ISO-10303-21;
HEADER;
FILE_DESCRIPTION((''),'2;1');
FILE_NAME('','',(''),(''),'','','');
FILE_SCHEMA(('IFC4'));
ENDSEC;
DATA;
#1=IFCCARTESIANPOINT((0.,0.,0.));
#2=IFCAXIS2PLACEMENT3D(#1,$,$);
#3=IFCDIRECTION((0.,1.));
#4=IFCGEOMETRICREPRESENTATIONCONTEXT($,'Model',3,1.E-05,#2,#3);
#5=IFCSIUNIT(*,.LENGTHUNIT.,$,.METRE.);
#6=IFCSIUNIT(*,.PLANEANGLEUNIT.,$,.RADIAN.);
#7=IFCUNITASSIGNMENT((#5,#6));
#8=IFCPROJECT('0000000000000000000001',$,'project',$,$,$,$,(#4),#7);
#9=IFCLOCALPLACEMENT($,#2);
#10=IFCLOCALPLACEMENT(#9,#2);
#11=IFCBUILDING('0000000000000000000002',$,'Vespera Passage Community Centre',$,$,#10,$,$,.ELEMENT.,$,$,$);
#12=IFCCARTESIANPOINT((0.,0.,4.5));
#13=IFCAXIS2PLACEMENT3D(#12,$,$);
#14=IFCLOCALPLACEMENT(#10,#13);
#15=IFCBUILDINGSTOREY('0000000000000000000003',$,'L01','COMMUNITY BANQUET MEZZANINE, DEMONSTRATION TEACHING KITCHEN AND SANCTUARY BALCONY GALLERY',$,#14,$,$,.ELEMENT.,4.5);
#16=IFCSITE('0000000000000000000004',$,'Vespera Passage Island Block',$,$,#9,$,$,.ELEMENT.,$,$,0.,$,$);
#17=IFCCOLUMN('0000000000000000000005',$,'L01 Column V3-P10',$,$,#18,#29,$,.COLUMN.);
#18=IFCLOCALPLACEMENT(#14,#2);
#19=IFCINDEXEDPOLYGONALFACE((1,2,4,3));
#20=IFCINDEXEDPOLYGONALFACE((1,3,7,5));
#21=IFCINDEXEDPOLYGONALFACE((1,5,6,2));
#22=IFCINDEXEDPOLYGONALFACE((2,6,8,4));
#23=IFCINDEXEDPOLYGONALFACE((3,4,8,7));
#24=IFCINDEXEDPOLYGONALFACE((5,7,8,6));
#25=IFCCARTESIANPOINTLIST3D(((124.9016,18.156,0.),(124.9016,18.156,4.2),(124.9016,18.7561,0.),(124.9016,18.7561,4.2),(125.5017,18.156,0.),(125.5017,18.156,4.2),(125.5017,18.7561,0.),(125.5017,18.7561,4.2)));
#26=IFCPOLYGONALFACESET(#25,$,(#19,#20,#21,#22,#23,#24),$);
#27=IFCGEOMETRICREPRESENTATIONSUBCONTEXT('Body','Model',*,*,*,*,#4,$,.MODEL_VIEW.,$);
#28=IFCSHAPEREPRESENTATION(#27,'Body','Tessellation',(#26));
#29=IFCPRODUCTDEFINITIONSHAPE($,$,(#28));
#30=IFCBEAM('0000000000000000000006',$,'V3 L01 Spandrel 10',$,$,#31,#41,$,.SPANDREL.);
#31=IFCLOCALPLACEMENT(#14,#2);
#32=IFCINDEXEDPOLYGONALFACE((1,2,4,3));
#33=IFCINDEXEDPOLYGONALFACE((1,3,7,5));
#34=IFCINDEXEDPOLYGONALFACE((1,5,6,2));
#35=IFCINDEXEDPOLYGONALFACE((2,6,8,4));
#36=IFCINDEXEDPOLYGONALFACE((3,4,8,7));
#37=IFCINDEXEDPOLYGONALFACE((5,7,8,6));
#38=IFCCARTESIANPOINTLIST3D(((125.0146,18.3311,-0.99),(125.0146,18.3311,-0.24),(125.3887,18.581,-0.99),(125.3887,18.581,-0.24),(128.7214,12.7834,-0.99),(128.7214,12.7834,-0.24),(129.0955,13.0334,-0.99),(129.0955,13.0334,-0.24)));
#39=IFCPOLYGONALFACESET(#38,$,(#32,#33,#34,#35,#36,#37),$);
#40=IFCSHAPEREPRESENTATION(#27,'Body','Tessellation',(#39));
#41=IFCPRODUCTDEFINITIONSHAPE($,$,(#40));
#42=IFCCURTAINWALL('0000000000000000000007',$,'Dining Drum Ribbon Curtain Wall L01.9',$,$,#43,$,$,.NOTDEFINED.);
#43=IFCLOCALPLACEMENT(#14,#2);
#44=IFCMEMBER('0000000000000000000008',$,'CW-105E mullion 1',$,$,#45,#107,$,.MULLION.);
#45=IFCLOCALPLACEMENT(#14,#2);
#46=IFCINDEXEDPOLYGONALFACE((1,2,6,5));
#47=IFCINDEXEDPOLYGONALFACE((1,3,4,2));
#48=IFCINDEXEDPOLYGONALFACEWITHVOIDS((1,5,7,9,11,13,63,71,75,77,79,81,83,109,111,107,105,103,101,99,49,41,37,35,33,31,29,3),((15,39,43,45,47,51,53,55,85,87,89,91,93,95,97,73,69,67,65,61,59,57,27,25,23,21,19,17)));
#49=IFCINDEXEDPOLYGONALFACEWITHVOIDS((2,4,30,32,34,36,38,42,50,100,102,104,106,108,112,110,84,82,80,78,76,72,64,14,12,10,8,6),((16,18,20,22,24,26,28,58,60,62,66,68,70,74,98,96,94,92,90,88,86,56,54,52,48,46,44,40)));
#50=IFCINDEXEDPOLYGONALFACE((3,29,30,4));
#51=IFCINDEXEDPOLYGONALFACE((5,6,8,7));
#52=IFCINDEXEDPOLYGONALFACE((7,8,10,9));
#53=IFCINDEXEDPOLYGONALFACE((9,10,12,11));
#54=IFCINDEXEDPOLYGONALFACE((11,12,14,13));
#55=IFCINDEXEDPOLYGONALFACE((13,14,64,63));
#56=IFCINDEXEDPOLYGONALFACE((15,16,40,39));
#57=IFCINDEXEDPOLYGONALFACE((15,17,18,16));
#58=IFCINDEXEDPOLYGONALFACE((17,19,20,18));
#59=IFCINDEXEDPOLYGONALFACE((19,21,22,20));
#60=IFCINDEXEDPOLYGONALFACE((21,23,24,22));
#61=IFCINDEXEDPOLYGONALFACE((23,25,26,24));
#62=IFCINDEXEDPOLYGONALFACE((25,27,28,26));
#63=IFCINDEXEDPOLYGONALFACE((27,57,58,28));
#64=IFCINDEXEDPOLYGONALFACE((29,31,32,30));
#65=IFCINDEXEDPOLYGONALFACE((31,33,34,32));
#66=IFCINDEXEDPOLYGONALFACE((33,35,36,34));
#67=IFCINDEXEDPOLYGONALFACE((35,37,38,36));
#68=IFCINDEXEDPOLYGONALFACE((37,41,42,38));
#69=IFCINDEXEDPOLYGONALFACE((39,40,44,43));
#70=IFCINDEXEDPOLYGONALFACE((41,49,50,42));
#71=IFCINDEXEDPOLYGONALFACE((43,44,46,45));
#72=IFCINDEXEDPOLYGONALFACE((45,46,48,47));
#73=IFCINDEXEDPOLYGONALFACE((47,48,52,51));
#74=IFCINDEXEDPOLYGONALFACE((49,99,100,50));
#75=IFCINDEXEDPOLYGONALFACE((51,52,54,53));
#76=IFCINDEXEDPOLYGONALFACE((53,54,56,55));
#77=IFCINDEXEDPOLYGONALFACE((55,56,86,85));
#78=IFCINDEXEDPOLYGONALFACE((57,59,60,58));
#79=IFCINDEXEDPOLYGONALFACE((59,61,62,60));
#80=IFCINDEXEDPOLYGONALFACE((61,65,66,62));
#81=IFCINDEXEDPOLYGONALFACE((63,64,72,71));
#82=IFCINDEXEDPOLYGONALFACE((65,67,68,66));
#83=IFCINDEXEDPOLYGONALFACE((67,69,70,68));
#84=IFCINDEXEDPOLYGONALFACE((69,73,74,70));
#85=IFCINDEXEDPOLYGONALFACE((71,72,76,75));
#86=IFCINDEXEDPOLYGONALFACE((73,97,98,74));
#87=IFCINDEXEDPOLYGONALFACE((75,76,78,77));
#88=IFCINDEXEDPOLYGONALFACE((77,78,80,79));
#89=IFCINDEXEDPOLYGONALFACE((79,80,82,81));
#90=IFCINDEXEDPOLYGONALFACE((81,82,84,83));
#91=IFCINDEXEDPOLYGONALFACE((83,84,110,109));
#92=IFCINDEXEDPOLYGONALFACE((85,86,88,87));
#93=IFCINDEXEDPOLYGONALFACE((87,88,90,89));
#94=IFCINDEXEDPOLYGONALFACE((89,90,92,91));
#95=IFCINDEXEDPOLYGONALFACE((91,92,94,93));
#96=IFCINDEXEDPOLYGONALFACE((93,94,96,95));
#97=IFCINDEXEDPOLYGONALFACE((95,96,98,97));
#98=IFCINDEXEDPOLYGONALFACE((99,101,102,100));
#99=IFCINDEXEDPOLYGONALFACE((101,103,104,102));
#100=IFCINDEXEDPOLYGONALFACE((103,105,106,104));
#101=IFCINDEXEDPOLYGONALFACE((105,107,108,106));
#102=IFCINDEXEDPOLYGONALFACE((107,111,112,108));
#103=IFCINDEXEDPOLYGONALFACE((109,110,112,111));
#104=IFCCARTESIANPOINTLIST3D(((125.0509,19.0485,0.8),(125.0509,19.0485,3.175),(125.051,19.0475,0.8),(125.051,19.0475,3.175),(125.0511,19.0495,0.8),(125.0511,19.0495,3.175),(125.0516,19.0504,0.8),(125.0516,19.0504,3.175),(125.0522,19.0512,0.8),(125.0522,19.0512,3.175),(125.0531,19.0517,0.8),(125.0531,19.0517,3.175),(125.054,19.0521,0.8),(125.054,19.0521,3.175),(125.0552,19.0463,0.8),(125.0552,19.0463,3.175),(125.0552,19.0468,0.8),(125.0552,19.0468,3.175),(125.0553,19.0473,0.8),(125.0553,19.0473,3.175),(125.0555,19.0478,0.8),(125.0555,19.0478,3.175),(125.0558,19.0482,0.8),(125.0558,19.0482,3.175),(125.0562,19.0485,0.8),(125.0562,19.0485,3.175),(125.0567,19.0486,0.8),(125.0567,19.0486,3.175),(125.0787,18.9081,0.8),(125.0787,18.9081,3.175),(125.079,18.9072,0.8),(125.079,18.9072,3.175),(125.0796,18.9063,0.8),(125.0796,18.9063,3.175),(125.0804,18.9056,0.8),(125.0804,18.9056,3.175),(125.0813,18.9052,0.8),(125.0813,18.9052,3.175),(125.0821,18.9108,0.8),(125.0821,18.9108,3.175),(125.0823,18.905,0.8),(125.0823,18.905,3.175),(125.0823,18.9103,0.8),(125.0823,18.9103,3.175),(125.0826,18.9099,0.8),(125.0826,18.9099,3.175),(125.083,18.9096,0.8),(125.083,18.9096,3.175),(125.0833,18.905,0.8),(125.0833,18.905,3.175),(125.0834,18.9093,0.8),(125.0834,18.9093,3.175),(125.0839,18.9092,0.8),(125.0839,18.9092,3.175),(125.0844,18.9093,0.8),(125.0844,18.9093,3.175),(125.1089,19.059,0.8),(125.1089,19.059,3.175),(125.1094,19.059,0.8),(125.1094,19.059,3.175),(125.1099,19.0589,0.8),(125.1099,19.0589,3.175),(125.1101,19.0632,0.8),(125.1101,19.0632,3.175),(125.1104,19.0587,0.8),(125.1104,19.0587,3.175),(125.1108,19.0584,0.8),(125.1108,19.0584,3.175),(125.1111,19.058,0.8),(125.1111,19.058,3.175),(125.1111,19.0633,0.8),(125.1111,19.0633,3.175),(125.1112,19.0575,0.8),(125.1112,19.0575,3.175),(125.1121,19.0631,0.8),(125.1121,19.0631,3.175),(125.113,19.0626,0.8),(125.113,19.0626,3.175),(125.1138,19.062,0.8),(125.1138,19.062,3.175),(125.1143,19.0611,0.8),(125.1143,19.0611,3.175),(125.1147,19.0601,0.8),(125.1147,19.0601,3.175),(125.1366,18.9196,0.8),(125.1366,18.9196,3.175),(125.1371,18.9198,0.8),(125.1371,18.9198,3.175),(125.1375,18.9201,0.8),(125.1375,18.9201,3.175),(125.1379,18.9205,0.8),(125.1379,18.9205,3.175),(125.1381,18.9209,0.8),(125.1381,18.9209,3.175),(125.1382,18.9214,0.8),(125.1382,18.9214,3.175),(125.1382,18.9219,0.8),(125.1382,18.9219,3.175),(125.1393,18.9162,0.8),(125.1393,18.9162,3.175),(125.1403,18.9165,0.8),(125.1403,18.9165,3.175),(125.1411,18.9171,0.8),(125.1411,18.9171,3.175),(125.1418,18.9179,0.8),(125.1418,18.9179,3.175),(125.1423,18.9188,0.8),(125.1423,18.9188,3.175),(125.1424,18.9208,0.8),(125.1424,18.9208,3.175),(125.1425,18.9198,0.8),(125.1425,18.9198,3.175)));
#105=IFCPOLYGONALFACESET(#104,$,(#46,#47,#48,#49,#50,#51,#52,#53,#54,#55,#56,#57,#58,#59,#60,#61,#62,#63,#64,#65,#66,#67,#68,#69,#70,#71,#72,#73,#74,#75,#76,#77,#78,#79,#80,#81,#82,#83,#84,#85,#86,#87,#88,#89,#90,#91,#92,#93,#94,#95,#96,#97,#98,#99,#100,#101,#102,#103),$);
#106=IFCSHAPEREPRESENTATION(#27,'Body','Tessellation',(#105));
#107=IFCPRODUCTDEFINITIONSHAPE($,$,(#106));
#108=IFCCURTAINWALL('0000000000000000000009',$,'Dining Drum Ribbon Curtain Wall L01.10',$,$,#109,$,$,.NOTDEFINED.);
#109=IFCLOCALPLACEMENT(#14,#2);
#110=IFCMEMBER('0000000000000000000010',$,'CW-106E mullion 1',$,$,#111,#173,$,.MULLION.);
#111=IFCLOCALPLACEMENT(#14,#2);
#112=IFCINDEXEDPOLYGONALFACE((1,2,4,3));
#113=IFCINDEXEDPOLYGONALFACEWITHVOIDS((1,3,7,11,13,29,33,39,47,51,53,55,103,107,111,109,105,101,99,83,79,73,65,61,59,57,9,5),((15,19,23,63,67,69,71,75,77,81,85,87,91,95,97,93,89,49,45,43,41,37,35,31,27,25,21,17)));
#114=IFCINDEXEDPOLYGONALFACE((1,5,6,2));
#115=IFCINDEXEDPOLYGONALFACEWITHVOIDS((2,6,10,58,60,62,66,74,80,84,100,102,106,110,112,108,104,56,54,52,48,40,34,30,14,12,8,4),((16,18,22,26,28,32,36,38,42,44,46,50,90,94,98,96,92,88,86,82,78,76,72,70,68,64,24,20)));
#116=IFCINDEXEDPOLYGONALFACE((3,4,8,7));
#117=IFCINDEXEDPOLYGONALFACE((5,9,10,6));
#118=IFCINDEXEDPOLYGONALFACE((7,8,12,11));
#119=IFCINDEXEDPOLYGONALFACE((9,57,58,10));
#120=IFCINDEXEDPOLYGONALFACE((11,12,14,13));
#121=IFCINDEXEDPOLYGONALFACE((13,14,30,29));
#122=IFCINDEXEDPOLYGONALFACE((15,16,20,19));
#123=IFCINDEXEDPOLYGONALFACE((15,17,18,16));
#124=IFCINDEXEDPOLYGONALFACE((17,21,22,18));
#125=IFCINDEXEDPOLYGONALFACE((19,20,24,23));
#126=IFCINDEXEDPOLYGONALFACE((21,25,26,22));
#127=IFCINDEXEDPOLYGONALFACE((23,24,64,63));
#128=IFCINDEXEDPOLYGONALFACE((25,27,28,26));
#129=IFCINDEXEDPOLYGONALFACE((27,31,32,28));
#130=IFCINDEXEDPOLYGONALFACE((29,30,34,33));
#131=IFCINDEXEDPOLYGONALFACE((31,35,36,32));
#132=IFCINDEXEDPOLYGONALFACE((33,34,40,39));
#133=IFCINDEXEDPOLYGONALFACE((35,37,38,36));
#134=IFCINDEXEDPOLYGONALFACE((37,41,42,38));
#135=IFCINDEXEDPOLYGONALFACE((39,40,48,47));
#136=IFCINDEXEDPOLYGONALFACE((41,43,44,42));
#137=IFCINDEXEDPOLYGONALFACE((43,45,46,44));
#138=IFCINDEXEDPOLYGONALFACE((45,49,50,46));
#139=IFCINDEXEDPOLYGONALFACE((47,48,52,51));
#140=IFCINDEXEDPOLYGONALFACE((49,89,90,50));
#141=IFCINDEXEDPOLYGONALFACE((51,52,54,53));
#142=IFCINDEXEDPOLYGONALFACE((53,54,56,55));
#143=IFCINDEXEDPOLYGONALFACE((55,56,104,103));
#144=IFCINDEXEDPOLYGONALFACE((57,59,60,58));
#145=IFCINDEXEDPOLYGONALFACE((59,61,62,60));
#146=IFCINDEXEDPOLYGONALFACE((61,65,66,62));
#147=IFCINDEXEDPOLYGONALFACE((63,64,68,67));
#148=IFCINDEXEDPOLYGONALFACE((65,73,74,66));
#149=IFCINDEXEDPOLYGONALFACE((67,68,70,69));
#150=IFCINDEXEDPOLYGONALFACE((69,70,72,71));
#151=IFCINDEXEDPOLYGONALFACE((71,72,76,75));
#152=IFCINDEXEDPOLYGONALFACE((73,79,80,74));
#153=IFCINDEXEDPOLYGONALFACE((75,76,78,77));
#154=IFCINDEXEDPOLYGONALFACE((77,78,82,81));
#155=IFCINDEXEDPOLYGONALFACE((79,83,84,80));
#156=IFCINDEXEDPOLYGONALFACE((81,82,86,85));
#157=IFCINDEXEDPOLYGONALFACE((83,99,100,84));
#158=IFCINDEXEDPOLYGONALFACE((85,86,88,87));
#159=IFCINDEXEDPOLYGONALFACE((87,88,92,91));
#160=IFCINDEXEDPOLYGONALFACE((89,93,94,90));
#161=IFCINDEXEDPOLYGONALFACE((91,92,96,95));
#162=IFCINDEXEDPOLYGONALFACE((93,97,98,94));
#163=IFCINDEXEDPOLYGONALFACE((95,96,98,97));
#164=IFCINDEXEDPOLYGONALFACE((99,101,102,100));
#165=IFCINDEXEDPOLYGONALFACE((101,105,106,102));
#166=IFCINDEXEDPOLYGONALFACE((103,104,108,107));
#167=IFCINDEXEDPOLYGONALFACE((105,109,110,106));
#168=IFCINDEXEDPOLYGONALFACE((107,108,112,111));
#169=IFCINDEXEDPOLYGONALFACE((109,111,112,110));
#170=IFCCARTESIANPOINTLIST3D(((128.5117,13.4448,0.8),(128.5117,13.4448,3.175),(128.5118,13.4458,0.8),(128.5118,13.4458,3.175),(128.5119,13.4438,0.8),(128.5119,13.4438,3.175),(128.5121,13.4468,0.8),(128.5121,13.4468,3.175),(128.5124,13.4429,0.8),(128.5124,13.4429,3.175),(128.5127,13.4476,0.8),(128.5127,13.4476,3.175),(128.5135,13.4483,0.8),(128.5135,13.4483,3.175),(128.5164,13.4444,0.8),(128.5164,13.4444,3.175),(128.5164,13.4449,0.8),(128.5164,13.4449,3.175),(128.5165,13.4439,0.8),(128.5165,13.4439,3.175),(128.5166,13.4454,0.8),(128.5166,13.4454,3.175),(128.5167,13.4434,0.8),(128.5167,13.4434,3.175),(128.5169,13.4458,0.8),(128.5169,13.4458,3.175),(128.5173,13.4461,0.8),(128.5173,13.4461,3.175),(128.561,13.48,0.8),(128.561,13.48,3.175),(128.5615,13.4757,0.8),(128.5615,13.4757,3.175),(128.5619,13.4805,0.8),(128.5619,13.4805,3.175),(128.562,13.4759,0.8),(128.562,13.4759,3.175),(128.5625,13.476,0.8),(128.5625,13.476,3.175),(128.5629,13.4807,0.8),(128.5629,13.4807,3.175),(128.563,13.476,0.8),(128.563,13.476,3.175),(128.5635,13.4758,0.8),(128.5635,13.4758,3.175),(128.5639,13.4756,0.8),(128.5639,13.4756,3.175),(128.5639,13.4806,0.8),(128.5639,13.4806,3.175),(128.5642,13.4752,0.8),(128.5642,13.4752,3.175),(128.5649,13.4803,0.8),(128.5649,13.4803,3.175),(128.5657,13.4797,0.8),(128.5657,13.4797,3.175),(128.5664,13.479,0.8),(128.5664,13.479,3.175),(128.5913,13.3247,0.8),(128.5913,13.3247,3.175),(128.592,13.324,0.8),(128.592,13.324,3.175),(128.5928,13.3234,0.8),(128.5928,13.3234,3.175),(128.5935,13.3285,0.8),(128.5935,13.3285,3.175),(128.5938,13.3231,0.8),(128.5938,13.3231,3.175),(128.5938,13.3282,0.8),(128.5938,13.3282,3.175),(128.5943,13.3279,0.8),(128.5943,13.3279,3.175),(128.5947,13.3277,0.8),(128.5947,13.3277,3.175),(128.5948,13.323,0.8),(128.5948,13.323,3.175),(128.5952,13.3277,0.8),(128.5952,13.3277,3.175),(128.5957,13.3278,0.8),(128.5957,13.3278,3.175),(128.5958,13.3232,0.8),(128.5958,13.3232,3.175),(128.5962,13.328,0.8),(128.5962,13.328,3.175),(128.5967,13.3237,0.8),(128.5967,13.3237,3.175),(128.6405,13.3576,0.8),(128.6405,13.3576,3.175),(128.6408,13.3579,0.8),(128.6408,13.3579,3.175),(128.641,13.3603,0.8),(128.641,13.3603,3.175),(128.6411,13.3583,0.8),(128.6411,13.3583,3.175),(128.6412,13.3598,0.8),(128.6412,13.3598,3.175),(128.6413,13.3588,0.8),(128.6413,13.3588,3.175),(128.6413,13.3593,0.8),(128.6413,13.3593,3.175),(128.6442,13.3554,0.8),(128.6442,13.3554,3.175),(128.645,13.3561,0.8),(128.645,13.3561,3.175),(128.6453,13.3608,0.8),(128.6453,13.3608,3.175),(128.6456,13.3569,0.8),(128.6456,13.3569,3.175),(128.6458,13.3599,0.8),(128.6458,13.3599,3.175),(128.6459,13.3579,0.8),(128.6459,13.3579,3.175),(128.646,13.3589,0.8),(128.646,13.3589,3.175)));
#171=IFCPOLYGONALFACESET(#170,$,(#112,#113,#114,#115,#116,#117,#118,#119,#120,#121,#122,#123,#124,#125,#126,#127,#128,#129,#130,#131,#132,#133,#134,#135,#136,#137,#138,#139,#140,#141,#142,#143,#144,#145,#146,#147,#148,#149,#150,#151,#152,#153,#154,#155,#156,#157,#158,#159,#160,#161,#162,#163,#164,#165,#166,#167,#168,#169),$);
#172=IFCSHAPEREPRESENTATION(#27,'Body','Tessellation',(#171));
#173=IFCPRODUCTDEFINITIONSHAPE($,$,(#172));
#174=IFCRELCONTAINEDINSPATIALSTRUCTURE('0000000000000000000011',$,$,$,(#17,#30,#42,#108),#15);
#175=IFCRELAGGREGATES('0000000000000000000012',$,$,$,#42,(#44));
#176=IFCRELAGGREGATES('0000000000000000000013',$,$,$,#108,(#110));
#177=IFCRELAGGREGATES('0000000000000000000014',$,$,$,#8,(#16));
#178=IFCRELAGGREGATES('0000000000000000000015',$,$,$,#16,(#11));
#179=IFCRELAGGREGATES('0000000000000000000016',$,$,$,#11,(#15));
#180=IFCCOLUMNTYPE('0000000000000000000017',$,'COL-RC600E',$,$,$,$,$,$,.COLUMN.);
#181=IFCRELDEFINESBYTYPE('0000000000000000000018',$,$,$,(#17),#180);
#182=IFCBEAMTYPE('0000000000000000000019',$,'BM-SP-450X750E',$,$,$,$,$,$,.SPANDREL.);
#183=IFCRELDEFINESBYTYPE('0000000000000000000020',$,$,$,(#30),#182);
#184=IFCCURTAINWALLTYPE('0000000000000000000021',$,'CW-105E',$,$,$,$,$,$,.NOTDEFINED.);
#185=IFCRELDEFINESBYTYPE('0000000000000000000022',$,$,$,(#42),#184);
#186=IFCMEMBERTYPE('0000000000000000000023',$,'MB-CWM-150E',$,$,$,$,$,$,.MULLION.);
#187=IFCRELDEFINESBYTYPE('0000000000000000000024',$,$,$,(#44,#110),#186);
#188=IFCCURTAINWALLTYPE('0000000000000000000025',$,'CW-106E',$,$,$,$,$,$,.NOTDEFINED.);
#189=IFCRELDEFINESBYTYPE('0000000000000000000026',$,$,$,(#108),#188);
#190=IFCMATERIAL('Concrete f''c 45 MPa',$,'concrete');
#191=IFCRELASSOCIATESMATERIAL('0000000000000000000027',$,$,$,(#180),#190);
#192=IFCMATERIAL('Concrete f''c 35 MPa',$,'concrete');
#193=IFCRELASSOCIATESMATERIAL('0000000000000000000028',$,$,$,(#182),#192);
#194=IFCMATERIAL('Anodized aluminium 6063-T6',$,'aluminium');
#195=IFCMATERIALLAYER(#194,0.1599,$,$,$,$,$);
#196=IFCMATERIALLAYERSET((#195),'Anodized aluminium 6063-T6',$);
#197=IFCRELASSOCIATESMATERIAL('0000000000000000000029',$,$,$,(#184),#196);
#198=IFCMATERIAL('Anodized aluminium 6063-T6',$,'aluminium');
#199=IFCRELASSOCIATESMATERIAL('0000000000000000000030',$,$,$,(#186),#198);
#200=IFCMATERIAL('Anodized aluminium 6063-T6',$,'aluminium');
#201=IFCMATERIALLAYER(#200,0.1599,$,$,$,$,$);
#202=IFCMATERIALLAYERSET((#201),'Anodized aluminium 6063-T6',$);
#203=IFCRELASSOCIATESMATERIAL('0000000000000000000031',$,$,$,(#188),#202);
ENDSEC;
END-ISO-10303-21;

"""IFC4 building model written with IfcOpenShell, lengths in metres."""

from ifc_helpers import new_model, si_unit, direction, frame, origin, origin_2d, place, context, subcontext, project, spatial, rectangle, hollow_rectangle, extrude, material, layer, layer_set, material_profile, profile_set, type_object, element, aggregate, save


model = new_model("IFC4")

# Units and contexts
model_context = context("Model", 3, precision=1e-05, world=origin(), true_north=direction((0.0, 1.0)))
body_context = subcontext(model_context, "Body", "Model", "MODEL_VIEW")
ifc_project = project(units=[si_unit("LENGTHUNIT", "METRE"), si_unit("PLANEANGLEUNIT", "RADIAN")], contexts=[model_context])

# Site, building, storey
site_placement = place(None, origin())
site = spatial("IfcSite", under=ifc_project, at=site_placement, Name="Vespera Passage Island Block", CompositionType="ELEMENT", RefElevation=0.0)
building_placement = place(site_placement, origin())
building = spatial("IfcBuilding", under=site, at=building_placement, Name="Vespera Passage Community Centre", CompositionType="ELEMENT")
storey_placement = place(building_placement, frame((0.0, 0.0, 4.5)))
storey = spatial("IfcBuildingStorey", under=building, at=storey_placement, Name="L01", Description="COMMUNITY BANQUET MEZZANINE, DEMONSTRATION TEACHING KITCHEN AND SANCTUARY BALCONY GALLERY", CompositionType="ELEMENT", Elevation=4.5)

# Column
ifc_material_1 = material(Name="Concrete f'c 45 MPa", Category="concrete")
ifc_material_profile_1 = material_profile(ifc_material_1, rectangle(XDim=0.6001, YDim=0.6001, at=origin_2d()), Name="RC600X600")
ifc_profile_set_1 = profile_set([ifc_material_profile_1], Name="Concrete f'c 45 MPa")
column_type = type_object("IfcColumnType", Name="COL-RC600E", PredefinedType="COLUMN", material=ifc_profile_set_1)
column_placement = place(storey_placement, frame((125.2017, 18.4561, 0.0), z_axis=(0.0, 0.0, 1.0), x_axis=(1.0, 0.0, 0.0)))
element("IfcColumn", 1, at=column_placement, inside=storey, type_object=column_type, Name="L01 Column V3-P10", PredefinedType="COLUMN", context=body_context, shape_type="SweptSolid", body=[
    extrude(rectangle(XDim=0.6001, YDim=0.6001, at=origin_2d()), origin(), (0.0, 0.0, 1.0), 4.2),
])

# Beam
ifc_material_2 = material(Name="Concrete f'c 35 MPa", Category="concrete")
ifc_material_profile_2 = material_profile(ifc_material_2, rectangle(XDim=0.45, YDim=0.75, at=origin_2d()), Name="RC450X750")
ifc_profile_set_2 = profile_set([ifc_material_profile_2], Name="Concrete f'c 35 MPa")
beam_type = type_object("IfcBeamType", Name="BM-SP-450X750E", PredefinedType="SPANDREL", material=ifc_profile_set_2)
beam_placement = place(storey_placement, frame((125.2017, 18.4561, -0.615), z_axis=(0.55557, -0.83147, 0.0), x_axis=(0.83147, 0.55557, 0.0)))
element("IfcBeam", 2, at=beam_placement, inside=storey, type_object=beam_type, Name="V3 L01 Spandrel 10", PredefinedType="SPANDREL", context=body_context, shape_type="SweptSolid", body=[
    extrude(rectangle(XDim=0.45, YDim=0.75, at=origin_2d()), origin(), (0.0, 0.0, 1.0), 6.6721),
])

# Curtain wall, member
ifc_material_3 = material(Name="Anodized aluminium 6063-T6", Category="aluminium")
ifc_layer_1 = layer(ifc_material_3, 0.1599)
ifc_layer_set_1 = layer_set([ifc_layer_1], Name="Anodized aluminium 6063-T6")
curtain_wall_type_1 = type_object("IfcCurtainWallType", Name="CW-105E", PredefinedType="NOTDEFINED", material=ifc_layer_set_1)
curtain_wall_1_placement = place(storey_placement, origin())
curtain_wall_1 = element("IfcCurtainWall", 3, at=curtain_wall_1_placement, inside=storey, type_object=curtain_wall_type_1, Name="Dining Drum Ribbon Curtain Wall L01.9", PredefinedType="NOTDEFINED")
ifc_material_4 = material(Name="Anodized aluminium 6063-T6", Category="aluminium")
ifc_material_profile_3 = material_profile(ifc_material_4, hollow_rectangle(XDim=0.0649, YDim=0.1499, WallThickness=0.0039, InnerFilletRadius=0.002, OuterFilletRadius=0.0039, at=origin_2d()), Name="ALU150X65X4")
ifc_profile_set_3 = profile_set([ifc_material_profile_3], Name="Anodized aluminium 6063-T6")
member_type_1 = type_object("IfcMemberType", Name="MB-CWM-150E", PredefinedType="MULLION", material=ifc_profile_set_3)
member_1_placement = place(storey_placement, frame((125.0967, 18.9841, 0.8), z_axis=(0.0, 0.0, 1.0), x_axis=(-0.980784, -0.195097, 0.0)))
member_1 = element("IfcMember", 4, at=member_1_placement, type_object=member_type_1, Name="CW-105E mullion 1", PredefinedType="MULLION", context=body_context, shape_type="SweptSolid", body=[
    extrude(hollow_rectangle(XDim=0.0649, YDim=0.1499, WallThickness=0.0039, InnerFilletRadius=0.002, OuterFilletRadius=0.0039, at=origin_2d()), origin(), (0.0, 0.0, 1.0), 2.375),
])

# Curtain wall, member
ifc_material_5 = material(Name="Anodized aluminium 6063-T6", Category="aluminium")
ifc_layer_2 = layer(ifc_material_5, 0.1599)
ifc_layer_set_2 = layer_set([ifc_layer_2], Name="Anodized aluminium 6063-T6")
curtain_wall_type_2 = type_object("IfcCurtainWallType", Name="CW-106E", PredefinedType="NOTDEFINED", material=ifc_layer_set_2)
curtain_wall_2_placement = place(storey_placement, origin())
curtain_wall_2 = element("IfcCurtainWall", 5, at=curtain_wall_2_placement, inside=storey, type_object=curtain_wall_type_2, Name="Dining Drum Ribbon Curtain Wall L01.10", PredefinedType="NOTDEFINED")
member_2_placement = place(storey_placement, frame((128.5789, 13.4019, 0.8), z_axis=(0.0, 0.0, 1.0), x_axis=(-0.831473, -0.555565, 0.0)))
member_2 = element("IfcMember", 6, at=member_2_placement, type_object=member_type_1, Name="CW-106E mullion 1", PredefinedType="MULLION", context=body_context, shape_type="SweptSolid", body=[
    extrude(hollow_rectangle(XDim=0.0649, YDim=0.1499, WallThickness=0.0039, InnerFilletRadius=0.002, OuterFilletRadius=0.0039, at=origin_2d()), origin(), (0.0, 0.0, 1.0), 2.375),
])

aggregate(curtain_wall_1, [member_1])

aggregate(curtain_wall_2, [member_2])

save(model, "model.ifc")
